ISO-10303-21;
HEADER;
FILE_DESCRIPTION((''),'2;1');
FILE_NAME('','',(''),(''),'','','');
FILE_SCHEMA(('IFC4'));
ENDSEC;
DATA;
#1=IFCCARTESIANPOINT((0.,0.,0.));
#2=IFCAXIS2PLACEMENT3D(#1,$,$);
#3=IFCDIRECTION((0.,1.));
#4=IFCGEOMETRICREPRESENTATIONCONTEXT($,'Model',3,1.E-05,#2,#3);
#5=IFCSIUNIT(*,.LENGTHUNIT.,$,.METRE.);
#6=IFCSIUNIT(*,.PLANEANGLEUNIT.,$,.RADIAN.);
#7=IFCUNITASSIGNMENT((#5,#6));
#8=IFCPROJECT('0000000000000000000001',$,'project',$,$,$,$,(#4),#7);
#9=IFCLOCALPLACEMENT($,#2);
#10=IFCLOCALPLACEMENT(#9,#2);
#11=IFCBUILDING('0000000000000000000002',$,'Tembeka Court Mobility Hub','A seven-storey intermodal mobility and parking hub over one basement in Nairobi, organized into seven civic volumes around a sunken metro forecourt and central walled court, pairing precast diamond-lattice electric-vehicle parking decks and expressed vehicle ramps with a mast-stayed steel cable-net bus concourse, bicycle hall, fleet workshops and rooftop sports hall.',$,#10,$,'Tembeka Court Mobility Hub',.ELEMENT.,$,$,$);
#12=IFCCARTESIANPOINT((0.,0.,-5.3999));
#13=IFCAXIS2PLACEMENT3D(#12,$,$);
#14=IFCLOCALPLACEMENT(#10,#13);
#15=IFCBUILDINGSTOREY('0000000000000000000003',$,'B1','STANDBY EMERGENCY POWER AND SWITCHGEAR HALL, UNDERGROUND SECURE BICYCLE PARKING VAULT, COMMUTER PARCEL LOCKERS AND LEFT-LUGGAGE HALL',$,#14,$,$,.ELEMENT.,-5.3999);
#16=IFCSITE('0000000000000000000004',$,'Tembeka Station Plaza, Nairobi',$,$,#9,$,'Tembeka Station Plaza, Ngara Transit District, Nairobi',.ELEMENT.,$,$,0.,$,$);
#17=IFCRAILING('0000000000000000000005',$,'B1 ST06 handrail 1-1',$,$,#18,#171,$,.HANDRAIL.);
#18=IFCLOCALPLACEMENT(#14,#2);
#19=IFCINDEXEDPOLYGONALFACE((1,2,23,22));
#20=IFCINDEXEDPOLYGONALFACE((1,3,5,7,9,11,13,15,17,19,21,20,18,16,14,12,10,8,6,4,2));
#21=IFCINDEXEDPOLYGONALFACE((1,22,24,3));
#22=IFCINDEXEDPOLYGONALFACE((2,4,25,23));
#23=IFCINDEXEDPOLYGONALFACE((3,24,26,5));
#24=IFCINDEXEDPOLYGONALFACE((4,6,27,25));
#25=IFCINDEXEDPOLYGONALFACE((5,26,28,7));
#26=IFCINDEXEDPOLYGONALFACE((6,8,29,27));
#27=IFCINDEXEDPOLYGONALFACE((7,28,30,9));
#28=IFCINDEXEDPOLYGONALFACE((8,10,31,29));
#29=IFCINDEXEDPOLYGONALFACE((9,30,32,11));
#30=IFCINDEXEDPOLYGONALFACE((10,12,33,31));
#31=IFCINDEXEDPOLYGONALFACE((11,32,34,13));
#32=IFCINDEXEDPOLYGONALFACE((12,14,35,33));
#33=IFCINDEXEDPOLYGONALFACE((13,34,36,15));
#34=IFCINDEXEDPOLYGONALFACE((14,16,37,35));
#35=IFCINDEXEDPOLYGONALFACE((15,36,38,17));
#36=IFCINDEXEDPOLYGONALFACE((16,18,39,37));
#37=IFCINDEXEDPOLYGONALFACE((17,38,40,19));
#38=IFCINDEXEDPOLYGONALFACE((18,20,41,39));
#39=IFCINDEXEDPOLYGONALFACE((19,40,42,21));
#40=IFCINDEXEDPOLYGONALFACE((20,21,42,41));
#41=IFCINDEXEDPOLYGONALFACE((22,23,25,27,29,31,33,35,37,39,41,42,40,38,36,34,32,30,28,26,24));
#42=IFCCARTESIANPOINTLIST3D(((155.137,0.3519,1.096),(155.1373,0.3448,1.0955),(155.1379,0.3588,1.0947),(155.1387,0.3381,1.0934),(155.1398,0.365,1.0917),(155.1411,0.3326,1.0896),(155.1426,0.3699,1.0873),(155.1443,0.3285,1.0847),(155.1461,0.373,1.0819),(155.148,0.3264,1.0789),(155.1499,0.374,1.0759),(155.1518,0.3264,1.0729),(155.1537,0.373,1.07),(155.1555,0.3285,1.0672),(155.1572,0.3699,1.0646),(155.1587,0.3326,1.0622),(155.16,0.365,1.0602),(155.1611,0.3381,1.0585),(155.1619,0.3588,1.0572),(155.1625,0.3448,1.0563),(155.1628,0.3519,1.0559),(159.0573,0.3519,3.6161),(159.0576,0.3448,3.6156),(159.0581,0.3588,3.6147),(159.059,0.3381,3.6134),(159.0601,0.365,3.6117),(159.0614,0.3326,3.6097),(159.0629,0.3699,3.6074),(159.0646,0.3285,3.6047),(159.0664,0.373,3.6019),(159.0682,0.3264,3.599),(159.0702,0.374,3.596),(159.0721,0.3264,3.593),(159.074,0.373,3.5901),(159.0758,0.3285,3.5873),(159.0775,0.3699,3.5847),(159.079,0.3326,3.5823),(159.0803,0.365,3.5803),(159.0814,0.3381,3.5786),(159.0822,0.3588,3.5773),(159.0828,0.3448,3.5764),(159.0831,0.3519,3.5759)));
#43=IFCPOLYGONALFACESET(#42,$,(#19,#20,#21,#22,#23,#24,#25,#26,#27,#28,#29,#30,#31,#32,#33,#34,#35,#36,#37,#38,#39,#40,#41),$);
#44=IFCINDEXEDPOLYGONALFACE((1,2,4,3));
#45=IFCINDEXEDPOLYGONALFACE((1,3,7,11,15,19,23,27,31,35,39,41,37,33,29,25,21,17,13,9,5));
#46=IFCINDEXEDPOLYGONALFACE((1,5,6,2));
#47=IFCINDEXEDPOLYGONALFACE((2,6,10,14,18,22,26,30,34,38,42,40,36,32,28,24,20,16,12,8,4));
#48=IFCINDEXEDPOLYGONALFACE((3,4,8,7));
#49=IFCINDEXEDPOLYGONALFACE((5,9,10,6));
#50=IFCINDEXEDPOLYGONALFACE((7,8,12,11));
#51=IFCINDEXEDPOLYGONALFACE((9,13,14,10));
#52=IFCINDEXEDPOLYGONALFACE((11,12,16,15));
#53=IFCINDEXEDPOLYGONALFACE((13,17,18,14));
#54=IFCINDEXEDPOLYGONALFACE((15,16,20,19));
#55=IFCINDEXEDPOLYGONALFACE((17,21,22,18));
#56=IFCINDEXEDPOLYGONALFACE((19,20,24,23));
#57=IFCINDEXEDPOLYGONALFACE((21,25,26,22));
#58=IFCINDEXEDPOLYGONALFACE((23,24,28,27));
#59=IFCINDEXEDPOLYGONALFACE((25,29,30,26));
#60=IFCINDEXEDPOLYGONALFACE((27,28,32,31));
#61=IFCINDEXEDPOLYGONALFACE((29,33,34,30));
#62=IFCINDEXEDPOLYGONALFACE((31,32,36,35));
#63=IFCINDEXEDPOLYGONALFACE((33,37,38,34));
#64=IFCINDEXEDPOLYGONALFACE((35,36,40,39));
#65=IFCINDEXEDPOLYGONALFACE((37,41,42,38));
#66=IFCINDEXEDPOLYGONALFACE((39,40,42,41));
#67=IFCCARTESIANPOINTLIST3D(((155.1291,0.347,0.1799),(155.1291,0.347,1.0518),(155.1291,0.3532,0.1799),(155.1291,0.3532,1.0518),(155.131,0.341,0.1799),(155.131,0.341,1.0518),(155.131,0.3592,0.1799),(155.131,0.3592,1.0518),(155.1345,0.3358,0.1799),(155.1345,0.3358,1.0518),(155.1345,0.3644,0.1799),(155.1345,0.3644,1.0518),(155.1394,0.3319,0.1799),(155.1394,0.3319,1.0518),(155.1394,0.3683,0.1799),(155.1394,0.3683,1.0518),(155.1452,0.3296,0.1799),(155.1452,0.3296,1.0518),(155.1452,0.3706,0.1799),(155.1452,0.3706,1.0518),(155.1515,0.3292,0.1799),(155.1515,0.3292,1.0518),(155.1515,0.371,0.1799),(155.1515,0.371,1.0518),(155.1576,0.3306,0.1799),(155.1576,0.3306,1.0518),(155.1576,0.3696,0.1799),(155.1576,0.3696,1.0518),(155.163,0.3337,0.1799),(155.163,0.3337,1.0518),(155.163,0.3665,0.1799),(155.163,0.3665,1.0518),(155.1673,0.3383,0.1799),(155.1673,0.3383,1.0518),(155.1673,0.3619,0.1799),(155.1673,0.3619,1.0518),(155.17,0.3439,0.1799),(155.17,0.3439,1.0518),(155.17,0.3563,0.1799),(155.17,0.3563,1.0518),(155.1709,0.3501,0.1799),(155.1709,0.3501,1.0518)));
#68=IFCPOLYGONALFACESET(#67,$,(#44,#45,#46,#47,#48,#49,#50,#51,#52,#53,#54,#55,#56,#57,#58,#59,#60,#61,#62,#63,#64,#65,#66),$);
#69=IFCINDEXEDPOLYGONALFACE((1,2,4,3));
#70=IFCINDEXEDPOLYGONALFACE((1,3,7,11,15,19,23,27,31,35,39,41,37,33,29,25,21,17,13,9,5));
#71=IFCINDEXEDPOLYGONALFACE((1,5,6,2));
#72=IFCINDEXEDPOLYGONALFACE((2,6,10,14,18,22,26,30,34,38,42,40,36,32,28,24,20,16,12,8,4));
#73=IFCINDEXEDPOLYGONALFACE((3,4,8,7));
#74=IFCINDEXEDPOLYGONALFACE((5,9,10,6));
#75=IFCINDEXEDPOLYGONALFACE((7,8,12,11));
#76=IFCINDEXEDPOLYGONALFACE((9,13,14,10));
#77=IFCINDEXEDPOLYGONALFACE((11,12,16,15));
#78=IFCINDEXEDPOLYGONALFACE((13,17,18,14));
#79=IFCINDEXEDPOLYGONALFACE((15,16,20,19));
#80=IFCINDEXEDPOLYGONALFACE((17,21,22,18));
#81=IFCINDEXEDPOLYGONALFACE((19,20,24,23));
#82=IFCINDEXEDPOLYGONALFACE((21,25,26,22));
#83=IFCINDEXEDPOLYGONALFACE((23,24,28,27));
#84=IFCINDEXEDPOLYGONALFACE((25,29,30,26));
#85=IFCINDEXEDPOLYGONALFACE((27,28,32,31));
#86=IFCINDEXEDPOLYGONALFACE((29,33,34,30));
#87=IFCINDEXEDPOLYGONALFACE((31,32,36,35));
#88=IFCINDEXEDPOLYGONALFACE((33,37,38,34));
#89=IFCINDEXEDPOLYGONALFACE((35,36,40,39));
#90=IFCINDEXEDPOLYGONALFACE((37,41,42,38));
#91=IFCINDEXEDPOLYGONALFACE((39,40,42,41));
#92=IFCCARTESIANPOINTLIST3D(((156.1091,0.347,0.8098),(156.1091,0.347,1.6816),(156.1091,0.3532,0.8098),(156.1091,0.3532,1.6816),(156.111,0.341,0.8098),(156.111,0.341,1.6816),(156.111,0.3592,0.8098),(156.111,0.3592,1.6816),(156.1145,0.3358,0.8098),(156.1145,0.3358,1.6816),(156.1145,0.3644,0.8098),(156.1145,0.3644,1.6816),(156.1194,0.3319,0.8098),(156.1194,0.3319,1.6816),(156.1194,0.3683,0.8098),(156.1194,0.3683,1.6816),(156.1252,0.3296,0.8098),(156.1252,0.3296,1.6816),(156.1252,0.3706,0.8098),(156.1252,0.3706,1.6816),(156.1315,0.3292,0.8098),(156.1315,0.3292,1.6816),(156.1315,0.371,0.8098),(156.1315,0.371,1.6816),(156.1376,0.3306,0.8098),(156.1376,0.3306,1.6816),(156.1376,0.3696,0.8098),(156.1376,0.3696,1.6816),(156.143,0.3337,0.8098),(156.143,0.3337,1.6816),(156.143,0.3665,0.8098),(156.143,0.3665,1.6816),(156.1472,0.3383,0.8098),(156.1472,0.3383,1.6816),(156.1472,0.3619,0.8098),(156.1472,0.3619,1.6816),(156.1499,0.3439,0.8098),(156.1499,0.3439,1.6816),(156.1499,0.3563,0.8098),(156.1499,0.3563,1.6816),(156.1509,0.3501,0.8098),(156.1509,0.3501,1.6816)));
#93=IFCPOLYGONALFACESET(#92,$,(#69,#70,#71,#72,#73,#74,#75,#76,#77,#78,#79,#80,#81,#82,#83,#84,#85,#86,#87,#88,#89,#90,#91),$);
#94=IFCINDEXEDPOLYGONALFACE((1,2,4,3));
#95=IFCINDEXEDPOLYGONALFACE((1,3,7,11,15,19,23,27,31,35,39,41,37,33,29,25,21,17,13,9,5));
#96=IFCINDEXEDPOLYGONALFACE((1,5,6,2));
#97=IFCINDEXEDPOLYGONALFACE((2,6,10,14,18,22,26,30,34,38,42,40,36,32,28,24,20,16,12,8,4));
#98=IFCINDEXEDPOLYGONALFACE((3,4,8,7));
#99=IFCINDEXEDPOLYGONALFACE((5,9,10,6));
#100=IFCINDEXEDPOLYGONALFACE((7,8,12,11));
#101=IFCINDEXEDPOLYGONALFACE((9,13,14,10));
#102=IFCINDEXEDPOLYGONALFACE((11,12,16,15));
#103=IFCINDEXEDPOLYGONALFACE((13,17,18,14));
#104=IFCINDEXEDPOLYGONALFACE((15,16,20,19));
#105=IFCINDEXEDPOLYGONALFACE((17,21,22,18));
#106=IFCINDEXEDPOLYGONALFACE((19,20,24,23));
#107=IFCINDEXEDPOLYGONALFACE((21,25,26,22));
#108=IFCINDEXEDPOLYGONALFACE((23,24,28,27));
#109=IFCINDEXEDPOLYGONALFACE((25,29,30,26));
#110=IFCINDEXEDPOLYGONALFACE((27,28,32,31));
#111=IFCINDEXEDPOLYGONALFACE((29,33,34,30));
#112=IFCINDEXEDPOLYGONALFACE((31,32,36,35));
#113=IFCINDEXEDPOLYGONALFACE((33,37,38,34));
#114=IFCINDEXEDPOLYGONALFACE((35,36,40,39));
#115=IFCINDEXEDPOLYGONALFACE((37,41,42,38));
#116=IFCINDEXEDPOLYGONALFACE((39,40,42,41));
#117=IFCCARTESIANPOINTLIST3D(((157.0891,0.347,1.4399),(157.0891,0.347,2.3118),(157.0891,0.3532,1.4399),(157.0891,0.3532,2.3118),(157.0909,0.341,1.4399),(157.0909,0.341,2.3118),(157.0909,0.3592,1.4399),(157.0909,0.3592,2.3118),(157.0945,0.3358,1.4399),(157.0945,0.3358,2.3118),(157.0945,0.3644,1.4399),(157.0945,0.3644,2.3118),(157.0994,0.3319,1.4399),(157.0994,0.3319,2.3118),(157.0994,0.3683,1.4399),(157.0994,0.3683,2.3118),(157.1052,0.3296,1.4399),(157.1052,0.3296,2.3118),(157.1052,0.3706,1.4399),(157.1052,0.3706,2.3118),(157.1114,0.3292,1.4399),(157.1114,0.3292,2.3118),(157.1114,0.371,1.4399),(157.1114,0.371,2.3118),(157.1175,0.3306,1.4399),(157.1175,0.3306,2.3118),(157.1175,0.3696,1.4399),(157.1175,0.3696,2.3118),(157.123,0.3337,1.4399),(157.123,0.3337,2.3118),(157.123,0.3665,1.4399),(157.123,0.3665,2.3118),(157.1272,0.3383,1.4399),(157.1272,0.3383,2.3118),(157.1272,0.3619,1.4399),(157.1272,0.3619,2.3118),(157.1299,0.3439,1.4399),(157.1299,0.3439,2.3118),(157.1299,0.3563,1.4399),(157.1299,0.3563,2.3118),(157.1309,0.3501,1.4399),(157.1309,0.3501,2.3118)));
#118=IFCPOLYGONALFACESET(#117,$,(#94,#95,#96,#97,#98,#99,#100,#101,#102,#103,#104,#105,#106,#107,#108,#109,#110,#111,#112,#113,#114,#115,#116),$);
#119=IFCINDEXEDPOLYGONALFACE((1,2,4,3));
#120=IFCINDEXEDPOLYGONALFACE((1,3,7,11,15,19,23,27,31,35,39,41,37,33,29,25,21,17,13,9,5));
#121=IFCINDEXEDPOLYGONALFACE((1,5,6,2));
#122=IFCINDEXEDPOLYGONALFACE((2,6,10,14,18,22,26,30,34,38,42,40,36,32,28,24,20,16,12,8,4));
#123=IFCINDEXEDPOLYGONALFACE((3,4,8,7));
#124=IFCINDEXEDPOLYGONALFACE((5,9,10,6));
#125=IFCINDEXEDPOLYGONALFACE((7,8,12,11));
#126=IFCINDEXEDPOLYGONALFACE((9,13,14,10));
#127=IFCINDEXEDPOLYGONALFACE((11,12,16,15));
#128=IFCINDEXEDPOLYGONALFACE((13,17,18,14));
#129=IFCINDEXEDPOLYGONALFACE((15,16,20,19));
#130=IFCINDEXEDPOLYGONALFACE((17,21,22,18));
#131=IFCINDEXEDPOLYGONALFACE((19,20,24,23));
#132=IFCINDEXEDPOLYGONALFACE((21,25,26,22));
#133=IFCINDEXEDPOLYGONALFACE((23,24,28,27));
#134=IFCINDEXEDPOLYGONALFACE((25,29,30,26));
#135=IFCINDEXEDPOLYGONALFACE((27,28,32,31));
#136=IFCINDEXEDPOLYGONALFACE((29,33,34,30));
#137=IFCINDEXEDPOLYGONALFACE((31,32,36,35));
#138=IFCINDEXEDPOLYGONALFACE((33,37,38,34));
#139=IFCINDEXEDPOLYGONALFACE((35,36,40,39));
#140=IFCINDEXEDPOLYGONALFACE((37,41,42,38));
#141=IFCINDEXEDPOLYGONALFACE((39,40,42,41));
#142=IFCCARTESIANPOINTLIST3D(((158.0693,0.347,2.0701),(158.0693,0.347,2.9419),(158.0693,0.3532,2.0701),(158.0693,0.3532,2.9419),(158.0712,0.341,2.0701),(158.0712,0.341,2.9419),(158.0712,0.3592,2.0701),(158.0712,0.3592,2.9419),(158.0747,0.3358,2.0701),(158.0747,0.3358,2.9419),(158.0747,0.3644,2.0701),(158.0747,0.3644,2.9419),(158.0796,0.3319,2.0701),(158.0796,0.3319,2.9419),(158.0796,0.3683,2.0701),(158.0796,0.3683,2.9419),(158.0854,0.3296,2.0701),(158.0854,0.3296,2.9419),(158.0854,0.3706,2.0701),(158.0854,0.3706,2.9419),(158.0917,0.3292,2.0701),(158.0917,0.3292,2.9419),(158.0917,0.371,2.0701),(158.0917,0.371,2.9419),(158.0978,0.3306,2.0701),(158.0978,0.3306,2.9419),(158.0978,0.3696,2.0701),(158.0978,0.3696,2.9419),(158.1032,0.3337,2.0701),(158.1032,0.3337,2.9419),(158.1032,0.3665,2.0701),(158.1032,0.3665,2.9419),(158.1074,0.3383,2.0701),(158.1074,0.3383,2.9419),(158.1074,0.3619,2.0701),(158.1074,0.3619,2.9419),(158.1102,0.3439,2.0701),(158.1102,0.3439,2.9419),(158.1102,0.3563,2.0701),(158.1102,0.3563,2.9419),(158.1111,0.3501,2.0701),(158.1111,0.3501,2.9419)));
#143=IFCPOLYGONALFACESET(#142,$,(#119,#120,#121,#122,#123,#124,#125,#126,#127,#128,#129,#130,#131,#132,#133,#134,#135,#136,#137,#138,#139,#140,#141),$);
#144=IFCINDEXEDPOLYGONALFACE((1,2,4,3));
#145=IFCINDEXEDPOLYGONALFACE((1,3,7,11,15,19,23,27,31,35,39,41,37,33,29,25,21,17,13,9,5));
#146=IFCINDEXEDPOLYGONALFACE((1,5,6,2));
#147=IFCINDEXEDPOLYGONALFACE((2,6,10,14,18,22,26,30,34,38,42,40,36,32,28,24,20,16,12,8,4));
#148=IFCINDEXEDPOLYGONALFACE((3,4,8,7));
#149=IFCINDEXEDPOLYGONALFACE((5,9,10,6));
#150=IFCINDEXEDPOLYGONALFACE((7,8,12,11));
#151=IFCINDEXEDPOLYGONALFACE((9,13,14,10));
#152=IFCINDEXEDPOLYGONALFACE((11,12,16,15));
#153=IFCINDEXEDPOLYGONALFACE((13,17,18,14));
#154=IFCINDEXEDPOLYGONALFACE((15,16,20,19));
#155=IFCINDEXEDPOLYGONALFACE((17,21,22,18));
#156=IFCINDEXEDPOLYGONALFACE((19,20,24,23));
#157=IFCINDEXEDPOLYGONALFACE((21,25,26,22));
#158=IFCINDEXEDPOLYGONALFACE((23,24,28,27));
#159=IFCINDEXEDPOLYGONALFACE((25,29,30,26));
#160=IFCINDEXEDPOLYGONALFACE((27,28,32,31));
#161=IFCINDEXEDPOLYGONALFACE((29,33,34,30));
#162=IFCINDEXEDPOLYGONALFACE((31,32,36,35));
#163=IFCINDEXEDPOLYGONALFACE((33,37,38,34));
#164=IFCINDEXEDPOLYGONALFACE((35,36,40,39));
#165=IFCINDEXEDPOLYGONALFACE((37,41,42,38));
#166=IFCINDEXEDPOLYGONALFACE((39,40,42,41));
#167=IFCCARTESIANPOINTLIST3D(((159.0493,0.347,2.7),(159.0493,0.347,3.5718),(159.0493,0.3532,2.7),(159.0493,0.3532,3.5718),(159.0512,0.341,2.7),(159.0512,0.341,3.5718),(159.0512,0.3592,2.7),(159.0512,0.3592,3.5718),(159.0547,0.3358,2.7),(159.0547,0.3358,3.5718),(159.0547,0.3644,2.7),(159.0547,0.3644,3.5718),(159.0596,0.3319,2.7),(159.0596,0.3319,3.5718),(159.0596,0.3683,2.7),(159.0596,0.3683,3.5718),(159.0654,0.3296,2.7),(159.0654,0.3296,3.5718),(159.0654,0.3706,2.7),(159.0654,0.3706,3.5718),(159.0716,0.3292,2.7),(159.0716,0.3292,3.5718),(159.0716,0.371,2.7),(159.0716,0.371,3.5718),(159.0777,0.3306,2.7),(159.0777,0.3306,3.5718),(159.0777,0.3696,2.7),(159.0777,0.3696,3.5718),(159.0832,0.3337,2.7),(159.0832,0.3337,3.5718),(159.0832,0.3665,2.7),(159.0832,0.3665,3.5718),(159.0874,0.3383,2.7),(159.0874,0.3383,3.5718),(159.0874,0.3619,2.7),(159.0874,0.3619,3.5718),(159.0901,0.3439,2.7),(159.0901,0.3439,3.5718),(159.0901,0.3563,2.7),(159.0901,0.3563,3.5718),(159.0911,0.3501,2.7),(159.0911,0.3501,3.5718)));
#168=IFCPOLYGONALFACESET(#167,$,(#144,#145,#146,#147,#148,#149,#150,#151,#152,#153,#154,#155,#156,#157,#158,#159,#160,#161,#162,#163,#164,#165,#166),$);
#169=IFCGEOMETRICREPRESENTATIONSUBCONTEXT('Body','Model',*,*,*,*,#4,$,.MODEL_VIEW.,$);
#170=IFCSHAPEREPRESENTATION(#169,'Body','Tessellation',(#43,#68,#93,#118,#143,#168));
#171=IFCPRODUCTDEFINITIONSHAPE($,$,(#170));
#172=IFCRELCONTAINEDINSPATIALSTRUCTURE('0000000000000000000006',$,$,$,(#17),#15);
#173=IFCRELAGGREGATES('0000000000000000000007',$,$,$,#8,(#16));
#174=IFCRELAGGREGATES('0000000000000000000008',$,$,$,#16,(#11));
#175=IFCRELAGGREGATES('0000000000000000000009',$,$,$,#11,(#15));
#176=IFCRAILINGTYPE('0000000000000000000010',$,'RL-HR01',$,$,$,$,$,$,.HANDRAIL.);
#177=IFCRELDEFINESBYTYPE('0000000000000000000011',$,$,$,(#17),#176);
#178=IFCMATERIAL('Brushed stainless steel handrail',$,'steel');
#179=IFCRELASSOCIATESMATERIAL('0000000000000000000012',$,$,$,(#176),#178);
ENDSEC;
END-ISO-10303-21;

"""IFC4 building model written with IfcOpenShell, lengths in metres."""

from ifc_helpers import new_model, si_unit, direction, frame, origin, origin_2d, place, context, subcontext, project, spatial, circle, extrude, material, type_object, element, save


model = new_model("IFC4")

# Units and contexts
model_context = context("Model", 3, precision=1e-05, world=origin(), true_north=direction((0.0, 1.0)))
body_context = subcontext(model_context, "Body", "Model", "MODEL_VIEW")
ifc_project = project(units=[si_unit("LENGTHUNIT", "METRE"), si_unit("PLANEANGLEUNIT", "RADIAN")], contexts=[model_context])

# Site, building, storey
site_placement = place(None, origin())
site = spatial("IfcSite", under=ifc_project, at=site_placement, Name="Tembeka Station Plaza, Nairobi", LongName="Tembeka Station Plaza, Ngara Transit District, Nairobi", CompositionType="ELEMENT", RefElevation=0.0)
building_placement = place(site_placement, origin())
building = spatial("IfcBuilding", under=site, at=building_placement, Name="Tembeka Court Mobility Hub", Description="A seven-storey intermodal mobility and parking hub over one basement in Nairobi, organized into seven civic volumes around a sunken metro forecourt and central walled court, pairing precast diamond-lattice electric-vehicle parking decks and expressed vehicle ramps with a mast-stayed steel cable-net bus concourse, bicycle hall, fleet workshops and rooftop sports hall.", LongName="Tembeka Court Mobility Hub", CompositionType="ELEMENT")
storey_placement = place(building_placement, frame((0.0, 0.0, -5.3999)))
storey = spatial("IfcBuildingStorey", under=building, at=storey_placement, Name="B1", Description="STANDBY EMERGENCY POWER AND SWITCHGEAR HALL, UNDERGROUND SECURE BICYCLE PARKING VAULT, COMMUTER PARCEL LOCKERS AND LEFT-LUGGAGE HALL", CompositionType="ELEMENT", Elevation=-5.3999)

# Railing
ifc_material_1 = material(Name="Brushed stainless steel handrail", Category="steel")
railing_type_1 = type_object("IfcRailingType", Name="RL-HR01", PredefinedType="HANDRAIL", material=ifc_material_1)
railing_1_placement = place(storey_placement, frame((155.1499, 0.3501, 0.1799)))
element("IfcRailing", 1, at=railing_1_placement, inside=storey, type_object=railing_type_1, Name="B1 ST06 handrail 1-1", PredefinedType="HANDRAIL", context=body_context, shape_type="SweptSolid", body=[
    extrude(circle(Radius=0.0239, at=origin_2d()), frame((0.0, 0.0, 0.896), z_axis=(0.841187, 0.0, 0.540744), x_axis=(0.0, 1.0, 0.0)), (0.0, 0.0, 1.0), 4.6604),
    extrude(circle(Radius=0.021, at=origin_2d()), origin(), (0.0, 0.0, 1.0), 0.8718),
    extrude(circle(Radius=0.021, at=origin_2d()), frame((0.98, 0.0, 0.6299)), (0.0, 0.0, 1.0), 0.8718),
    extrude(circle(Radius=0.021, at=origin_2d()), frame((1.96, 0.0, 1.26)), (0.0, 0.0, 1.0), 0.8718),
    extrude(circle(Radius=0.021, at=origin_2d()), frame((2.9402, 0.0, 1.8901)), (0.0, 0.0, 1.0), 0.8718),
    extrude(circle(Radius=0.021, at=origin_2d()), frame((3.9202, 0.0, 2.52)), (0.0, 0.0, 1.0), 0.8718),
])

save(model, "model.ifc")
